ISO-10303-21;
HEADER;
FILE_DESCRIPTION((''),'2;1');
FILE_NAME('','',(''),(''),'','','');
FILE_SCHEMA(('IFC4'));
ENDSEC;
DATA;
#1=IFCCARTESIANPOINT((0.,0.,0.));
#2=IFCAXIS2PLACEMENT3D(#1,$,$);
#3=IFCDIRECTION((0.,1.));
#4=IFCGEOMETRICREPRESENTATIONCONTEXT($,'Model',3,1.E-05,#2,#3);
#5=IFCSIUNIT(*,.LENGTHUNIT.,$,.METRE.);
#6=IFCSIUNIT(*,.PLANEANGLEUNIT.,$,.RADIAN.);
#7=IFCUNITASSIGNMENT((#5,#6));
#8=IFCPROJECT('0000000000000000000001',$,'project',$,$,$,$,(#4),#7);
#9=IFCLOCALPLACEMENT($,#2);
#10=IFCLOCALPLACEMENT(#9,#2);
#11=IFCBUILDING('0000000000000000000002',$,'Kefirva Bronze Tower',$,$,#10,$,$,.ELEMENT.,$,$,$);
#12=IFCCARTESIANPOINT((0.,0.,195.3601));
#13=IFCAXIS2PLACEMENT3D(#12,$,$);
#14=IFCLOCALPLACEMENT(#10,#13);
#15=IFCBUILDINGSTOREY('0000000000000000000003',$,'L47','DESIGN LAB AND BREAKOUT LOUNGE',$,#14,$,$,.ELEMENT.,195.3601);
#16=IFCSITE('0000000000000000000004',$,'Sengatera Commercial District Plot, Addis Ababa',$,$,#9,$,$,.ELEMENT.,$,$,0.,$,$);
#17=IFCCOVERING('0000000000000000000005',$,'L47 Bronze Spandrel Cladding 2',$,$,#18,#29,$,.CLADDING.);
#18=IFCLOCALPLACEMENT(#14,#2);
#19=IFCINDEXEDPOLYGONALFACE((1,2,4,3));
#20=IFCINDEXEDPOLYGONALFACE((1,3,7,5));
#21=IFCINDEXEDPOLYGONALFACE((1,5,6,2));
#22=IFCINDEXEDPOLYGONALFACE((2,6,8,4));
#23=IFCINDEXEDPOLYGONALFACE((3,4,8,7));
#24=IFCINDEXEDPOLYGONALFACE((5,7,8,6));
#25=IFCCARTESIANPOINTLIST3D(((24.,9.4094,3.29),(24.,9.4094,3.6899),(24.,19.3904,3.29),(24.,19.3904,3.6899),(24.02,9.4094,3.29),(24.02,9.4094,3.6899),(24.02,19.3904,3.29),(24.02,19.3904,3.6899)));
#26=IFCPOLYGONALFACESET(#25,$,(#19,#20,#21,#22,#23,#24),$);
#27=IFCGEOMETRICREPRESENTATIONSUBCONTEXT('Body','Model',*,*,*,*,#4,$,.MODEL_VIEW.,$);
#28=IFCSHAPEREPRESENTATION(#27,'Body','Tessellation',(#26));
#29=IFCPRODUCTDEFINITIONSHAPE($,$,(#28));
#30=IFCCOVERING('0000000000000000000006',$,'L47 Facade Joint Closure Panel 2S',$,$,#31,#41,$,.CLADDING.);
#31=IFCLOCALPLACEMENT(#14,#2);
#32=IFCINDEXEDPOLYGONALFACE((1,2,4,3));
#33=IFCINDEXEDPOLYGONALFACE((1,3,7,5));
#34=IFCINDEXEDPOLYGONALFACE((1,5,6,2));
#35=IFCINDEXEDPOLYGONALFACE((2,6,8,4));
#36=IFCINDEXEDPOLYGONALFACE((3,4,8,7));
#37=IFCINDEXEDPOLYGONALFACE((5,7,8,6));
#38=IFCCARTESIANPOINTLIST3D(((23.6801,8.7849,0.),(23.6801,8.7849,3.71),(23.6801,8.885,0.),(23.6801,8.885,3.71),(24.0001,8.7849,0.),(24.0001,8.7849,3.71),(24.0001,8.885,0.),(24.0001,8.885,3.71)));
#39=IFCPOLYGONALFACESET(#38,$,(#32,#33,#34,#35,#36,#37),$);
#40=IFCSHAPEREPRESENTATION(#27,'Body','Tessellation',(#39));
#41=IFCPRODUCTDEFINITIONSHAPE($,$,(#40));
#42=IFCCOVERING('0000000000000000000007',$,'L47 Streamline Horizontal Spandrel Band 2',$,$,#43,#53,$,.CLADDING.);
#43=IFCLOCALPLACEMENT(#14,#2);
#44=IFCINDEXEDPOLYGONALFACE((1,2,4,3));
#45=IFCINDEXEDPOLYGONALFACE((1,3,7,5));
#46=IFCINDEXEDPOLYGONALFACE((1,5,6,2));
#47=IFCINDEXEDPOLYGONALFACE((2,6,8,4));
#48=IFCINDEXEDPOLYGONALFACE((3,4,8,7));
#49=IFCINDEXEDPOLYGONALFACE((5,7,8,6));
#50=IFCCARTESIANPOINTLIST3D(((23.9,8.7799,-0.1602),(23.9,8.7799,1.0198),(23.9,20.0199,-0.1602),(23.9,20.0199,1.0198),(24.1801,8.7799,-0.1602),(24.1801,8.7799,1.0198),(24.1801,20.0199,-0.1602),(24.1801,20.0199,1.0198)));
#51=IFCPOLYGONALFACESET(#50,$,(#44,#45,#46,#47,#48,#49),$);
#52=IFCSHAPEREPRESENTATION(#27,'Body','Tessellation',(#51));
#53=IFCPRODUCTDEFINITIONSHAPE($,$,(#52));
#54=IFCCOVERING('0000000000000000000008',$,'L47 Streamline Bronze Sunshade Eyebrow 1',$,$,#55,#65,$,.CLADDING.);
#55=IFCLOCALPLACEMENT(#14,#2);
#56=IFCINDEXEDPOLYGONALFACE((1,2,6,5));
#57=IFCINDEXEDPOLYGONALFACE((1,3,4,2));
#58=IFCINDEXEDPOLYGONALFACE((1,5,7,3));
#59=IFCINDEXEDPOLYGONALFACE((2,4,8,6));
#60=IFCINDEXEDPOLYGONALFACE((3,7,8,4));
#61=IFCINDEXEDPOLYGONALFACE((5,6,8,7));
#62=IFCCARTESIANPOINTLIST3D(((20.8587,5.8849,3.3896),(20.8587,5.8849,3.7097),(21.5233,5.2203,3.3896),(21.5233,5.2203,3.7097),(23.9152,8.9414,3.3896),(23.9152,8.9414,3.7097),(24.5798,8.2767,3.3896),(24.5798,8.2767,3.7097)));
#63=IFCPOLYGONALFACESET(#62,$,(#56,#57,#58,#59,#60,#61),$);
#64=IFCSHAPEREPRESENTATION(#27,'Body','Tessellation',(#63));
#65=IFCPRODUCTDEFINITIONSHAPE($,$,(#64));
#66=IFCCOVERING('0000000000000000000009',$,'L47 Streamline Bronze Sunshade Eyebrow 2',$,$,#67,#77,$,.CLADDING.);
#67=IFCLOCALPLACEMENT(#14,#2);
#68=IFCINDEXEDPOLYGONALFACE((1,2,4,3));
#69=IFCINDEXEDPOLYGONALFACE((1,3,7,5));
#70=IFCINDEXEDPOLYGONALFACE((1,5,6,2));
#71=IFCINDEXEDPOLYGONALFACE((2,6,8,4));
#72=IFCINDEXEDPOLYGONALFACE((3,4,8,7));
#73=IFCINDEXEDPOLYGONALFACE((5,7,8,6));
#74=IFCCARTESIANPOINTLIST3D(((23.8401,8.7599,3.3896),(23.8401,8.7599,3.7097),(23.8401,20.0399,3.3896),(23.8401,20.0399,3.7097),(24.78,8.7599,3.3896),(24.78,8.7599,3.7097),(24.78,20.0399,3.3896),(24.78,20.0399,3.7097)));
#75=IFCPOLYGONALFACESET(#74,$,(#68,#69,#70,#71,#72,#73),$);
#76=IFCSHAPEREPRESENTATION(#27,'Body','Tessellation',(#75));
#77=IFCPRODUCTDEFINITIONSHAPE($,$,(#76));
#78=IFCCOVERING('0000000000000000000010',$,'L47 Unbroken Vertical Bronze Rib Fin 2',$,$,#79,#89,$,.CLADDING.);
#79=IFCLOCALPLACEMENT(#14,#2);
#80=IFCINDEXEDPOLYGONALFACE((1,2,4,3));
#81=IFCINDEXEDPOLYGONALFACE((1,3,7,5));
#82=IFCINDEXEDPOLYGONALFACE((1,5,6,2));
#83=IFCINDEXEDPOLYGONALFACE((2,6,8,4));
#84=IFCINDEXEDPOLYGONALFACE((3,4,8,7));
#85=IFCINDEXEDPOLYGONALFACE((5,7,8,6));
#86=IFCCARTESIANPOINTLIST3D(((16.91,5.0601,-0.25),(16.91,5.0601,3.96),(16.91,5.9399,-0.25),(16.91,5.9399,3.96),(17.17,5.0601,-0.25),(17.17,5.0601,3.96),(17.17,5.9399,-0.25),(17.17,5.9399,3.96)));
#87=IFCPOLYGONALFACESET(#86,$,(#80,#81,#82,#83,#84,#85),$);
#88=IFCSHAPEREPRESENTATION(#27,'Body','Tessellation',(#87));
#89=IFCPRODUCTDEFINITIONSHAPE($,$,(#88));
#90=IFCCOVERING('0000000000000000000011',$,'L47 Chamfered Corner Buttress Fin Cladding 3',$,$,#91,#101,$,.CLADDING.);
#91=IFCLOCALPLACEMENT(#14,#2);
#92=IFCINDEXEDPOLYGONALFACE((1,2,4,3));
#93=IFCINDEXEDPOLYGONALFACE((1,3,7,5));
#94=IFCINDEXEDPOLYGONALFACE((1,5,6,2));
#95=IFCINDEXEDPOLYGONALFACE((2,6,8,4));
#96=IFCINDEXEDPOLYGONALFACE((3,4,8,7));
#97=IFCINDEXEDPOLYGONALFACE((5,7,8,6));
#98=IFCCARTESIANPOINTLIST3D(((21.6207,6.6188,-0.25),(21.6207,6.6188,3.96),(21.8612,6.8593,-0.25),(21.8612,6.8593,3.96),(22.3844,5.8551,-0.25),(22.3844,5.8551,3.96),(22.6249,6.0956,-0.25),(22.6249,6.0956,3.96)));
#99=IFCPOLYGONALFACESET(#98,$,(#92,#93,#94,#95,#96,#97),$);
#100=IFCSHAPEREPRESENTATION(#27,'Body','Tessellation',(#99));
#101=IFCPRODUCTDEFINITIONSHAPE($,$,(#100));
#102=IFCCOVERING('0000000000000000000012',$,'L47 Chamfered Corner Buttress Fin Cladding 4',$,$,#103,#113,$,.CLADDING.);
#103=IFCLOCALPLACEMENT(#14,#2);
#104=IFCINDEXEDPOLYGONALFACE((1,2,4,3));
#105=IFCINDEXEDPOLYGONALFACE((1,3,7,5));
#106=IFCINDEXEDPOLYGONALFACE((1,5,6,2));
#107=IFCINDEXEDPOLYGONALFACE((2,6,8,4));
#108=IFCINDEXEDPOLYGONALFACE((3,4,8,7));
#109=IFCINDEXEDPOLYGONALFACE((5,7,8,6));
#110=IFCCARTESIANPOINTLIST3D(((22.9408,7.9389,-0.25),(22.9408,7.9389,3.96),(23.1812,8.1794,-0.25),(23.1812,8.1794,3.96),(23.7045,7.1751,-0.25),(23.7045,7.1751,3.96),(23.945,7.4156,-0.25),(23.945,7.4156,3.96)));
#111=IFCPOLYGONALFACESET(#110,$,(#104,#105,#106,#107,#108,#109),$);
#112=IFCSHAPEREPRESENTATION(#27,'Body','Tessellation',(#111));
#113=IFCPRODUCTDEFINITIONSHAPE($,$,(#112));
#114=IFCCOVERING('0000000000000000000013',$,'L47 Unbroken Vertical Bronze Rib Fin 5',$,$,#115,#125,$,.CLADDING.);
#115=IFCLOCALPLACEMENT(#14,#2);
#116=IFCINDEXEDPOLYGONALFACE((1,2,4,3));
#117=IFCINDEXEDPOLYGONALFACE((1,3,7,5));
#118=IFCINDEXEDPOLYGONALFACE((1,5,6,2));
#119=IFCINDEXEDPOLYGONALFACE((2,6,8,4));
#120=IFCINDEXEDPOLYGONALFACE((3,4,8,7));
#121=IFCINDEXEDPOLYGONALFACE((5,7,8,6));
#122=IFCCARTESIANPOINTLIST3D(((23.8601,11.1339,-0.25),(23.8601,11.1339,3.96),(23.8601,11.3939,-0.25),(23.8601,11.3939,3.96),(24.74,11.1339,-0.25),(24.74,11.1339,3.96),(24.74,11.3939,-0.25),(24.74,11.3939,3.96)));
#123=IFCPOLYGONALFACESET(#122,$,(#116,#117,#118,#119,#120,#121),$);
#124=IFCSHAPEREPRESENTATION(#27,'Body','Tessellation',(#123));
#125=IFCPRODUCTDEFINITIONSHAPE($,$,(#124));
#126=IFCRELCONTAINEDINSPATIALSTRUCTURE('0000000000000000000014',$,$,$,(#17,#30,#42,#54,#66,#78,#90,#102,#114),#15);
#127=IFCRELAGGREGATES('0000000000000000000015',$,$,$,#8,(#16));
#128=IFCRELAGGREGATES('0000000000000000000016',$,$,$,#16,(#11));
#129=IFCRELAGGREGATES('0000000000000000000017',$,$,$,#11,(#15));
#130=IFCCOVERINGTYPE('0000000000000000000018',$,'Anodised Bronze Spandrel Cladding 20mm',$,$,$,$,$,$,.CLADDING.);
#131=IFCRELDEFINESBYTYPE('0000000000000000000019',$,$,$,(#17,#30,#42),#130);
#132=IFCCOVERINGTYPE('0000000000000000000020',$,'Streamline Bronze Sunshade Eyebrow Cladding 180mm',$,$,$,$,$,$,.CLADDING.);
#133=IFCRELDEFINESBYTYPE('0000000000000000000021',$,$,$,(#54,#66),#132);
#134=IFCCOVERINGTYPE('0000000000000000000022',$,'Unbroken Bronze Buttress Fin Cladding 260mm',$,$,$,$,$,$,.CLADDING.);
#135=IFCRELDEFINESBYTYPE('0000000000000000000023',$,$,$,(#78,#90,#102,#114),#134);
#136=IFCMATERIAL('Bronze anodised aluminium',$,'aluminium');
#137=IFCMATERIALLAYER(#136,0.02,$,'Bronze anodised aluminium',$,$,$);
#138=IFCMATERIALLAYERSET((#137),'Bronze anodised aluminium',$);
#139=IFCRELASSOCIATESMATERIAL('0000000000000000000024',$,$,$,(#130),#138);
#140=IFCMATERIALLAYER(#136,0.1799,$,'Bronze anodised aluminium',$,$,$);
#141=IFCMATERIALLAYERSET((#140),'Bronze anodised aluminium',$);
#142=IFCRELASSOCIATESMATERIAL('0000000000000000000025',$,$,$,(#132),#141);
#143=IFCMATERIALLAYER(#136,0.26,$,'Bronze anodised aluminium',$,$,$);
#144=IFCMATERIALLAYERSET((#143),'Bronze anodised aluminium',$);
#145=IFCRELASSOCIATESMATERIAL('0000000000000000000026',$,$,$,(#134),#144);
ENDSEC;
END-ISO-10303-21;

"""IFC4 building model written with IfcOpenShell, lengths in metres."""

from ifc_helpers import new_model, si_unit, direction, frame, origin, origin_2d, place, context, subcontext, project, spatial, rectangle, extrude, material, layer, layer_set, type_object, element, save


model = new_model("IFC4")

# Units and contexts
model_context = context("Model", 3, precision=1e-05, world=origin(), true_north=direction((0.0, 1.0)))
body_context = subcontext(model_context, "Body", "Model", "MODEL_VIEW")
ifc_project = project(units=[si_unit("LENGTHUNIT", "METRE"), si_unit("PLANEANGLEUNIT", "RADIAN")], contexts=[model_context])

# Site, building, storey
site_placement = place(None, origin())
site = spatial("IfcSite", under=ifc_project, at=site_placement, Name="Sengatera Commercial District Plot, Addis Ababa", CompositionType="ELEMENT", RefElevation=0.0)
building_placement = place(site_placement, origin())
building = spatial("IfcBuilding", under=site, at=building_placement, Name="Kefirva Bronze Tower", CompositionType="ELEMENT")
storey_placement = place(building_placement, frame((0.0, 0.0, 195.3601)))
storey = spatial("IfcBuildingStorey", under=building, at=storey_placement, Name="L47", Description="DESIGN LAB AND BREAKOUT LOUNGE", CompositionType="ELEMENT", Elevation=195.3601)

# Shared definitions
ifc_material_1 = material(Name="Bronze anodised aluminium", Category="aluminium")

# Coverings
ifc_layer_1 = layer(ifc_material_1, 0.02, Name="Bronze anodised aluminium")
ifc_layer_set_1 = layer_set([ifc_layer_1], Name="Bronze anodised aluminium")
covering_type_1 = type_object("IfcCoveringType", Name="Anodised Bronze Spandrel Cladding 20mm", PredefinedType="CLADDING", material=ifc_layer_set_1)
covering_1_placement = place(storey_placement, frame((24.01, 14.3999, 3.29), z_axis=(0.0, 0.0, 1.0), x_axis=(0.0, 1.0, 0.0)))
element("IfcCovering", 1, at=covering_1_placement, inside=storey, type_object=covering_type_1, Name="L47 Bronze Spandrel Cladding 2", PredefinedType="CLADDING", context=body_context, shape_type="SweptSolid", body=[
    extrude(rectangle(XDim=9.981, YDim=0.02, at=origin_2d()), origin(), (0.0, 0.0, 1.0), 0.3999),
])
covering_2_placement = place(storey_placement, frame((23.8401, 8.835, 0.0), z_axis=(0.0, 0.0, 1.0), x_axis=(0.0, 1.0, 0.0)))
element("IfcCovering", 2, at=covering_2_placement, inside=storey, type_object=covering_type_1, Name="L47 Facade Joint Closure Panel 2S", PredefinedType="CLADDING", context=body_context, shape_type="SweptSolid", body=[
    extrude(rectangle(XDim=0.1001, YDim=0.3201, at=origin_2d()), origin(), (0.0, 0.0, 1.0), 3.71),
])
covering_3_placement = place(storey_placement, frame((24.04, 14.3999, -0.1602), z_axis=(0.0, 0.0, 1.0), x_axis=(0.0, 1.0, 0.0)))
element("IfcCovering", 3, at=covering_3_placement, inside=storey, type_object=covering_type_1, Name="L47 Streamline Horizontal Spandrel Band 2", PredefinedType="CLADDING", context=body_context, shape_type="SweptSolid", body=[
    extrude(rectangle(XDim=11.24, YDim=0.28, at=origin_2d()), origin(), (0.0, 0.0, 1.0), 1.1799),
])
ifc_layer_2 = layer(ifc_material_1, 0.1799, Name="Bronze anodised aluminium")
ifc_layer_set_2 = layer_set([ifc_layer_2], Name="Bronze anodised aluminium")
covering_type_2 = type_object("IfcCoveringType", Name="Streamline Bronze Sunshade Eyebrow Cladding 180mm", PredefinedType="CLADDING", material=ifc_layer_set_2)
covering_4_placement = place(storey_placement, frame((22.7192, 7.0808, 3.3896), z_axis=(0.0, 0.0, 1.0), x_axis=(0.707107, 0.707107, 0.0)))
element("IfcCovering", 4, at=covering_4_placement, inside=storey, type_object=covering_type_2, Name="L47 Streamline Bronze Sunshade Eyebrow 1", PredefinedType="CLADDING", context=body_context, shape_type="SweptSolid", body=[
    extrude(rectangle(XDim=4.3225, YDim=0.9399, at=origin_2d()), origin(), (0.0, 0.0, 1.0), 0.3201),
])
covering_5_placement = place(storey_placement, frame((24.3101, 14.3999, 3.3896), z_axis=(0.0, 0.0, 1.0), x_axis=(0.0, 1.0, 0.0)))
element("IfcCovering", 5, at=covering_5_placement, inside=storey, type_object=covering_type_2, Name="L47 Streamline Bronze Sunshade Eyebrow 2", PredefinedType="CLADDING", context=body_context, shape_type="SweptSolid", body=[
    extrude(rectangle(XDim=11.28, YDim=0.9399, at=origin_2d()), origin(), (0.0, 0.0, 1.0), 0.3201),
])
ifc_layer_3 = layer(ifc_material_1, 0.26, Name="Bronze anodised aluminium")
ifc_layer_set_3 = layer_set([ifc_layer_3], Name="Bronze anodised aluminium")
covering_type_3 = type_object("IfcCoveringType", Name="Unbroken Bronze Buttress Fin Cladding 260mm", PredefinedType="CLADDING", material=ifc_layer_set_3)
covering_6_placement = place(storey_placement, frame((17.04, 5.5, -0.25), z_axis=(0.0, 0.0, 1.0), x_axis=(1.0, 0.0, 0.0)))
element("IfcCovering", 6, at=covering_6_placement, inside=storey, type_object=covering_type_3, Name="L47 Unbroken Vertical Bronze Rib Fin 2", PredefinedType="CLADDING", context=body_context, shape_type="SweptSolid", body=[
    extrude(rectangle(XDim=0.26, YDim=0.8799, at=origin_2d()), origin(), (0.0, 0.0, 1.0), 4.21),
])
for number, where, z_axis, x_axis, name in (
    (7, (22.1228, 6.3572, -0.25), (0.0, 0.0, 1.0), (0.707107, 0.707107, 0.0), "L47 Chamfered Corner Buttress Fin Cladding 3"),
    (8, (23.4429, 7.6772, -0.25), (0.0, 0.0, 1.0), (0.707107, 0.707107, 0.0), "L47 Chamfered Corner Buttress Fin Cladding 4"),
):
    element("IfcCovering", number, at=place(storey_placement, frame(where, z_axis=z_axis, x_axis=x_axis)), inside=storey, type_object=covering_type_3, Name=name, PredefinedType="CLADDING", context=body_context, shape_type="SweptSolid", body=[
        extrude(rectangle(XDim=0.3401, YDim=1.0801, at=origin_2d()), origin(), (0.0, 0.0, 1.0), 4.21),
    ])
covering_7_placement = place(storey_placement, frame((24.3, 11.2639, -0.25), z_axis=(0.0, 0.0, 1.0), x_axis=(0.0, 1.0, 0.0)))
element("IfcCovering", 9, at=covering_7_placement, inside=storey, type_object=covering_type_3, Name="L47 Unbroken Vertical Bronze Rib Fin 5", PredefinedType="CLADDING", context=body_context, shape_type="SweptSolid", body=[
    extrude(rectangle(XDim=0.26, YDim=0.8799, at=origin_2d()), origin(), (0.0, 0.0, 1.0), 4.21),
])

save(model, "model.ifc")
